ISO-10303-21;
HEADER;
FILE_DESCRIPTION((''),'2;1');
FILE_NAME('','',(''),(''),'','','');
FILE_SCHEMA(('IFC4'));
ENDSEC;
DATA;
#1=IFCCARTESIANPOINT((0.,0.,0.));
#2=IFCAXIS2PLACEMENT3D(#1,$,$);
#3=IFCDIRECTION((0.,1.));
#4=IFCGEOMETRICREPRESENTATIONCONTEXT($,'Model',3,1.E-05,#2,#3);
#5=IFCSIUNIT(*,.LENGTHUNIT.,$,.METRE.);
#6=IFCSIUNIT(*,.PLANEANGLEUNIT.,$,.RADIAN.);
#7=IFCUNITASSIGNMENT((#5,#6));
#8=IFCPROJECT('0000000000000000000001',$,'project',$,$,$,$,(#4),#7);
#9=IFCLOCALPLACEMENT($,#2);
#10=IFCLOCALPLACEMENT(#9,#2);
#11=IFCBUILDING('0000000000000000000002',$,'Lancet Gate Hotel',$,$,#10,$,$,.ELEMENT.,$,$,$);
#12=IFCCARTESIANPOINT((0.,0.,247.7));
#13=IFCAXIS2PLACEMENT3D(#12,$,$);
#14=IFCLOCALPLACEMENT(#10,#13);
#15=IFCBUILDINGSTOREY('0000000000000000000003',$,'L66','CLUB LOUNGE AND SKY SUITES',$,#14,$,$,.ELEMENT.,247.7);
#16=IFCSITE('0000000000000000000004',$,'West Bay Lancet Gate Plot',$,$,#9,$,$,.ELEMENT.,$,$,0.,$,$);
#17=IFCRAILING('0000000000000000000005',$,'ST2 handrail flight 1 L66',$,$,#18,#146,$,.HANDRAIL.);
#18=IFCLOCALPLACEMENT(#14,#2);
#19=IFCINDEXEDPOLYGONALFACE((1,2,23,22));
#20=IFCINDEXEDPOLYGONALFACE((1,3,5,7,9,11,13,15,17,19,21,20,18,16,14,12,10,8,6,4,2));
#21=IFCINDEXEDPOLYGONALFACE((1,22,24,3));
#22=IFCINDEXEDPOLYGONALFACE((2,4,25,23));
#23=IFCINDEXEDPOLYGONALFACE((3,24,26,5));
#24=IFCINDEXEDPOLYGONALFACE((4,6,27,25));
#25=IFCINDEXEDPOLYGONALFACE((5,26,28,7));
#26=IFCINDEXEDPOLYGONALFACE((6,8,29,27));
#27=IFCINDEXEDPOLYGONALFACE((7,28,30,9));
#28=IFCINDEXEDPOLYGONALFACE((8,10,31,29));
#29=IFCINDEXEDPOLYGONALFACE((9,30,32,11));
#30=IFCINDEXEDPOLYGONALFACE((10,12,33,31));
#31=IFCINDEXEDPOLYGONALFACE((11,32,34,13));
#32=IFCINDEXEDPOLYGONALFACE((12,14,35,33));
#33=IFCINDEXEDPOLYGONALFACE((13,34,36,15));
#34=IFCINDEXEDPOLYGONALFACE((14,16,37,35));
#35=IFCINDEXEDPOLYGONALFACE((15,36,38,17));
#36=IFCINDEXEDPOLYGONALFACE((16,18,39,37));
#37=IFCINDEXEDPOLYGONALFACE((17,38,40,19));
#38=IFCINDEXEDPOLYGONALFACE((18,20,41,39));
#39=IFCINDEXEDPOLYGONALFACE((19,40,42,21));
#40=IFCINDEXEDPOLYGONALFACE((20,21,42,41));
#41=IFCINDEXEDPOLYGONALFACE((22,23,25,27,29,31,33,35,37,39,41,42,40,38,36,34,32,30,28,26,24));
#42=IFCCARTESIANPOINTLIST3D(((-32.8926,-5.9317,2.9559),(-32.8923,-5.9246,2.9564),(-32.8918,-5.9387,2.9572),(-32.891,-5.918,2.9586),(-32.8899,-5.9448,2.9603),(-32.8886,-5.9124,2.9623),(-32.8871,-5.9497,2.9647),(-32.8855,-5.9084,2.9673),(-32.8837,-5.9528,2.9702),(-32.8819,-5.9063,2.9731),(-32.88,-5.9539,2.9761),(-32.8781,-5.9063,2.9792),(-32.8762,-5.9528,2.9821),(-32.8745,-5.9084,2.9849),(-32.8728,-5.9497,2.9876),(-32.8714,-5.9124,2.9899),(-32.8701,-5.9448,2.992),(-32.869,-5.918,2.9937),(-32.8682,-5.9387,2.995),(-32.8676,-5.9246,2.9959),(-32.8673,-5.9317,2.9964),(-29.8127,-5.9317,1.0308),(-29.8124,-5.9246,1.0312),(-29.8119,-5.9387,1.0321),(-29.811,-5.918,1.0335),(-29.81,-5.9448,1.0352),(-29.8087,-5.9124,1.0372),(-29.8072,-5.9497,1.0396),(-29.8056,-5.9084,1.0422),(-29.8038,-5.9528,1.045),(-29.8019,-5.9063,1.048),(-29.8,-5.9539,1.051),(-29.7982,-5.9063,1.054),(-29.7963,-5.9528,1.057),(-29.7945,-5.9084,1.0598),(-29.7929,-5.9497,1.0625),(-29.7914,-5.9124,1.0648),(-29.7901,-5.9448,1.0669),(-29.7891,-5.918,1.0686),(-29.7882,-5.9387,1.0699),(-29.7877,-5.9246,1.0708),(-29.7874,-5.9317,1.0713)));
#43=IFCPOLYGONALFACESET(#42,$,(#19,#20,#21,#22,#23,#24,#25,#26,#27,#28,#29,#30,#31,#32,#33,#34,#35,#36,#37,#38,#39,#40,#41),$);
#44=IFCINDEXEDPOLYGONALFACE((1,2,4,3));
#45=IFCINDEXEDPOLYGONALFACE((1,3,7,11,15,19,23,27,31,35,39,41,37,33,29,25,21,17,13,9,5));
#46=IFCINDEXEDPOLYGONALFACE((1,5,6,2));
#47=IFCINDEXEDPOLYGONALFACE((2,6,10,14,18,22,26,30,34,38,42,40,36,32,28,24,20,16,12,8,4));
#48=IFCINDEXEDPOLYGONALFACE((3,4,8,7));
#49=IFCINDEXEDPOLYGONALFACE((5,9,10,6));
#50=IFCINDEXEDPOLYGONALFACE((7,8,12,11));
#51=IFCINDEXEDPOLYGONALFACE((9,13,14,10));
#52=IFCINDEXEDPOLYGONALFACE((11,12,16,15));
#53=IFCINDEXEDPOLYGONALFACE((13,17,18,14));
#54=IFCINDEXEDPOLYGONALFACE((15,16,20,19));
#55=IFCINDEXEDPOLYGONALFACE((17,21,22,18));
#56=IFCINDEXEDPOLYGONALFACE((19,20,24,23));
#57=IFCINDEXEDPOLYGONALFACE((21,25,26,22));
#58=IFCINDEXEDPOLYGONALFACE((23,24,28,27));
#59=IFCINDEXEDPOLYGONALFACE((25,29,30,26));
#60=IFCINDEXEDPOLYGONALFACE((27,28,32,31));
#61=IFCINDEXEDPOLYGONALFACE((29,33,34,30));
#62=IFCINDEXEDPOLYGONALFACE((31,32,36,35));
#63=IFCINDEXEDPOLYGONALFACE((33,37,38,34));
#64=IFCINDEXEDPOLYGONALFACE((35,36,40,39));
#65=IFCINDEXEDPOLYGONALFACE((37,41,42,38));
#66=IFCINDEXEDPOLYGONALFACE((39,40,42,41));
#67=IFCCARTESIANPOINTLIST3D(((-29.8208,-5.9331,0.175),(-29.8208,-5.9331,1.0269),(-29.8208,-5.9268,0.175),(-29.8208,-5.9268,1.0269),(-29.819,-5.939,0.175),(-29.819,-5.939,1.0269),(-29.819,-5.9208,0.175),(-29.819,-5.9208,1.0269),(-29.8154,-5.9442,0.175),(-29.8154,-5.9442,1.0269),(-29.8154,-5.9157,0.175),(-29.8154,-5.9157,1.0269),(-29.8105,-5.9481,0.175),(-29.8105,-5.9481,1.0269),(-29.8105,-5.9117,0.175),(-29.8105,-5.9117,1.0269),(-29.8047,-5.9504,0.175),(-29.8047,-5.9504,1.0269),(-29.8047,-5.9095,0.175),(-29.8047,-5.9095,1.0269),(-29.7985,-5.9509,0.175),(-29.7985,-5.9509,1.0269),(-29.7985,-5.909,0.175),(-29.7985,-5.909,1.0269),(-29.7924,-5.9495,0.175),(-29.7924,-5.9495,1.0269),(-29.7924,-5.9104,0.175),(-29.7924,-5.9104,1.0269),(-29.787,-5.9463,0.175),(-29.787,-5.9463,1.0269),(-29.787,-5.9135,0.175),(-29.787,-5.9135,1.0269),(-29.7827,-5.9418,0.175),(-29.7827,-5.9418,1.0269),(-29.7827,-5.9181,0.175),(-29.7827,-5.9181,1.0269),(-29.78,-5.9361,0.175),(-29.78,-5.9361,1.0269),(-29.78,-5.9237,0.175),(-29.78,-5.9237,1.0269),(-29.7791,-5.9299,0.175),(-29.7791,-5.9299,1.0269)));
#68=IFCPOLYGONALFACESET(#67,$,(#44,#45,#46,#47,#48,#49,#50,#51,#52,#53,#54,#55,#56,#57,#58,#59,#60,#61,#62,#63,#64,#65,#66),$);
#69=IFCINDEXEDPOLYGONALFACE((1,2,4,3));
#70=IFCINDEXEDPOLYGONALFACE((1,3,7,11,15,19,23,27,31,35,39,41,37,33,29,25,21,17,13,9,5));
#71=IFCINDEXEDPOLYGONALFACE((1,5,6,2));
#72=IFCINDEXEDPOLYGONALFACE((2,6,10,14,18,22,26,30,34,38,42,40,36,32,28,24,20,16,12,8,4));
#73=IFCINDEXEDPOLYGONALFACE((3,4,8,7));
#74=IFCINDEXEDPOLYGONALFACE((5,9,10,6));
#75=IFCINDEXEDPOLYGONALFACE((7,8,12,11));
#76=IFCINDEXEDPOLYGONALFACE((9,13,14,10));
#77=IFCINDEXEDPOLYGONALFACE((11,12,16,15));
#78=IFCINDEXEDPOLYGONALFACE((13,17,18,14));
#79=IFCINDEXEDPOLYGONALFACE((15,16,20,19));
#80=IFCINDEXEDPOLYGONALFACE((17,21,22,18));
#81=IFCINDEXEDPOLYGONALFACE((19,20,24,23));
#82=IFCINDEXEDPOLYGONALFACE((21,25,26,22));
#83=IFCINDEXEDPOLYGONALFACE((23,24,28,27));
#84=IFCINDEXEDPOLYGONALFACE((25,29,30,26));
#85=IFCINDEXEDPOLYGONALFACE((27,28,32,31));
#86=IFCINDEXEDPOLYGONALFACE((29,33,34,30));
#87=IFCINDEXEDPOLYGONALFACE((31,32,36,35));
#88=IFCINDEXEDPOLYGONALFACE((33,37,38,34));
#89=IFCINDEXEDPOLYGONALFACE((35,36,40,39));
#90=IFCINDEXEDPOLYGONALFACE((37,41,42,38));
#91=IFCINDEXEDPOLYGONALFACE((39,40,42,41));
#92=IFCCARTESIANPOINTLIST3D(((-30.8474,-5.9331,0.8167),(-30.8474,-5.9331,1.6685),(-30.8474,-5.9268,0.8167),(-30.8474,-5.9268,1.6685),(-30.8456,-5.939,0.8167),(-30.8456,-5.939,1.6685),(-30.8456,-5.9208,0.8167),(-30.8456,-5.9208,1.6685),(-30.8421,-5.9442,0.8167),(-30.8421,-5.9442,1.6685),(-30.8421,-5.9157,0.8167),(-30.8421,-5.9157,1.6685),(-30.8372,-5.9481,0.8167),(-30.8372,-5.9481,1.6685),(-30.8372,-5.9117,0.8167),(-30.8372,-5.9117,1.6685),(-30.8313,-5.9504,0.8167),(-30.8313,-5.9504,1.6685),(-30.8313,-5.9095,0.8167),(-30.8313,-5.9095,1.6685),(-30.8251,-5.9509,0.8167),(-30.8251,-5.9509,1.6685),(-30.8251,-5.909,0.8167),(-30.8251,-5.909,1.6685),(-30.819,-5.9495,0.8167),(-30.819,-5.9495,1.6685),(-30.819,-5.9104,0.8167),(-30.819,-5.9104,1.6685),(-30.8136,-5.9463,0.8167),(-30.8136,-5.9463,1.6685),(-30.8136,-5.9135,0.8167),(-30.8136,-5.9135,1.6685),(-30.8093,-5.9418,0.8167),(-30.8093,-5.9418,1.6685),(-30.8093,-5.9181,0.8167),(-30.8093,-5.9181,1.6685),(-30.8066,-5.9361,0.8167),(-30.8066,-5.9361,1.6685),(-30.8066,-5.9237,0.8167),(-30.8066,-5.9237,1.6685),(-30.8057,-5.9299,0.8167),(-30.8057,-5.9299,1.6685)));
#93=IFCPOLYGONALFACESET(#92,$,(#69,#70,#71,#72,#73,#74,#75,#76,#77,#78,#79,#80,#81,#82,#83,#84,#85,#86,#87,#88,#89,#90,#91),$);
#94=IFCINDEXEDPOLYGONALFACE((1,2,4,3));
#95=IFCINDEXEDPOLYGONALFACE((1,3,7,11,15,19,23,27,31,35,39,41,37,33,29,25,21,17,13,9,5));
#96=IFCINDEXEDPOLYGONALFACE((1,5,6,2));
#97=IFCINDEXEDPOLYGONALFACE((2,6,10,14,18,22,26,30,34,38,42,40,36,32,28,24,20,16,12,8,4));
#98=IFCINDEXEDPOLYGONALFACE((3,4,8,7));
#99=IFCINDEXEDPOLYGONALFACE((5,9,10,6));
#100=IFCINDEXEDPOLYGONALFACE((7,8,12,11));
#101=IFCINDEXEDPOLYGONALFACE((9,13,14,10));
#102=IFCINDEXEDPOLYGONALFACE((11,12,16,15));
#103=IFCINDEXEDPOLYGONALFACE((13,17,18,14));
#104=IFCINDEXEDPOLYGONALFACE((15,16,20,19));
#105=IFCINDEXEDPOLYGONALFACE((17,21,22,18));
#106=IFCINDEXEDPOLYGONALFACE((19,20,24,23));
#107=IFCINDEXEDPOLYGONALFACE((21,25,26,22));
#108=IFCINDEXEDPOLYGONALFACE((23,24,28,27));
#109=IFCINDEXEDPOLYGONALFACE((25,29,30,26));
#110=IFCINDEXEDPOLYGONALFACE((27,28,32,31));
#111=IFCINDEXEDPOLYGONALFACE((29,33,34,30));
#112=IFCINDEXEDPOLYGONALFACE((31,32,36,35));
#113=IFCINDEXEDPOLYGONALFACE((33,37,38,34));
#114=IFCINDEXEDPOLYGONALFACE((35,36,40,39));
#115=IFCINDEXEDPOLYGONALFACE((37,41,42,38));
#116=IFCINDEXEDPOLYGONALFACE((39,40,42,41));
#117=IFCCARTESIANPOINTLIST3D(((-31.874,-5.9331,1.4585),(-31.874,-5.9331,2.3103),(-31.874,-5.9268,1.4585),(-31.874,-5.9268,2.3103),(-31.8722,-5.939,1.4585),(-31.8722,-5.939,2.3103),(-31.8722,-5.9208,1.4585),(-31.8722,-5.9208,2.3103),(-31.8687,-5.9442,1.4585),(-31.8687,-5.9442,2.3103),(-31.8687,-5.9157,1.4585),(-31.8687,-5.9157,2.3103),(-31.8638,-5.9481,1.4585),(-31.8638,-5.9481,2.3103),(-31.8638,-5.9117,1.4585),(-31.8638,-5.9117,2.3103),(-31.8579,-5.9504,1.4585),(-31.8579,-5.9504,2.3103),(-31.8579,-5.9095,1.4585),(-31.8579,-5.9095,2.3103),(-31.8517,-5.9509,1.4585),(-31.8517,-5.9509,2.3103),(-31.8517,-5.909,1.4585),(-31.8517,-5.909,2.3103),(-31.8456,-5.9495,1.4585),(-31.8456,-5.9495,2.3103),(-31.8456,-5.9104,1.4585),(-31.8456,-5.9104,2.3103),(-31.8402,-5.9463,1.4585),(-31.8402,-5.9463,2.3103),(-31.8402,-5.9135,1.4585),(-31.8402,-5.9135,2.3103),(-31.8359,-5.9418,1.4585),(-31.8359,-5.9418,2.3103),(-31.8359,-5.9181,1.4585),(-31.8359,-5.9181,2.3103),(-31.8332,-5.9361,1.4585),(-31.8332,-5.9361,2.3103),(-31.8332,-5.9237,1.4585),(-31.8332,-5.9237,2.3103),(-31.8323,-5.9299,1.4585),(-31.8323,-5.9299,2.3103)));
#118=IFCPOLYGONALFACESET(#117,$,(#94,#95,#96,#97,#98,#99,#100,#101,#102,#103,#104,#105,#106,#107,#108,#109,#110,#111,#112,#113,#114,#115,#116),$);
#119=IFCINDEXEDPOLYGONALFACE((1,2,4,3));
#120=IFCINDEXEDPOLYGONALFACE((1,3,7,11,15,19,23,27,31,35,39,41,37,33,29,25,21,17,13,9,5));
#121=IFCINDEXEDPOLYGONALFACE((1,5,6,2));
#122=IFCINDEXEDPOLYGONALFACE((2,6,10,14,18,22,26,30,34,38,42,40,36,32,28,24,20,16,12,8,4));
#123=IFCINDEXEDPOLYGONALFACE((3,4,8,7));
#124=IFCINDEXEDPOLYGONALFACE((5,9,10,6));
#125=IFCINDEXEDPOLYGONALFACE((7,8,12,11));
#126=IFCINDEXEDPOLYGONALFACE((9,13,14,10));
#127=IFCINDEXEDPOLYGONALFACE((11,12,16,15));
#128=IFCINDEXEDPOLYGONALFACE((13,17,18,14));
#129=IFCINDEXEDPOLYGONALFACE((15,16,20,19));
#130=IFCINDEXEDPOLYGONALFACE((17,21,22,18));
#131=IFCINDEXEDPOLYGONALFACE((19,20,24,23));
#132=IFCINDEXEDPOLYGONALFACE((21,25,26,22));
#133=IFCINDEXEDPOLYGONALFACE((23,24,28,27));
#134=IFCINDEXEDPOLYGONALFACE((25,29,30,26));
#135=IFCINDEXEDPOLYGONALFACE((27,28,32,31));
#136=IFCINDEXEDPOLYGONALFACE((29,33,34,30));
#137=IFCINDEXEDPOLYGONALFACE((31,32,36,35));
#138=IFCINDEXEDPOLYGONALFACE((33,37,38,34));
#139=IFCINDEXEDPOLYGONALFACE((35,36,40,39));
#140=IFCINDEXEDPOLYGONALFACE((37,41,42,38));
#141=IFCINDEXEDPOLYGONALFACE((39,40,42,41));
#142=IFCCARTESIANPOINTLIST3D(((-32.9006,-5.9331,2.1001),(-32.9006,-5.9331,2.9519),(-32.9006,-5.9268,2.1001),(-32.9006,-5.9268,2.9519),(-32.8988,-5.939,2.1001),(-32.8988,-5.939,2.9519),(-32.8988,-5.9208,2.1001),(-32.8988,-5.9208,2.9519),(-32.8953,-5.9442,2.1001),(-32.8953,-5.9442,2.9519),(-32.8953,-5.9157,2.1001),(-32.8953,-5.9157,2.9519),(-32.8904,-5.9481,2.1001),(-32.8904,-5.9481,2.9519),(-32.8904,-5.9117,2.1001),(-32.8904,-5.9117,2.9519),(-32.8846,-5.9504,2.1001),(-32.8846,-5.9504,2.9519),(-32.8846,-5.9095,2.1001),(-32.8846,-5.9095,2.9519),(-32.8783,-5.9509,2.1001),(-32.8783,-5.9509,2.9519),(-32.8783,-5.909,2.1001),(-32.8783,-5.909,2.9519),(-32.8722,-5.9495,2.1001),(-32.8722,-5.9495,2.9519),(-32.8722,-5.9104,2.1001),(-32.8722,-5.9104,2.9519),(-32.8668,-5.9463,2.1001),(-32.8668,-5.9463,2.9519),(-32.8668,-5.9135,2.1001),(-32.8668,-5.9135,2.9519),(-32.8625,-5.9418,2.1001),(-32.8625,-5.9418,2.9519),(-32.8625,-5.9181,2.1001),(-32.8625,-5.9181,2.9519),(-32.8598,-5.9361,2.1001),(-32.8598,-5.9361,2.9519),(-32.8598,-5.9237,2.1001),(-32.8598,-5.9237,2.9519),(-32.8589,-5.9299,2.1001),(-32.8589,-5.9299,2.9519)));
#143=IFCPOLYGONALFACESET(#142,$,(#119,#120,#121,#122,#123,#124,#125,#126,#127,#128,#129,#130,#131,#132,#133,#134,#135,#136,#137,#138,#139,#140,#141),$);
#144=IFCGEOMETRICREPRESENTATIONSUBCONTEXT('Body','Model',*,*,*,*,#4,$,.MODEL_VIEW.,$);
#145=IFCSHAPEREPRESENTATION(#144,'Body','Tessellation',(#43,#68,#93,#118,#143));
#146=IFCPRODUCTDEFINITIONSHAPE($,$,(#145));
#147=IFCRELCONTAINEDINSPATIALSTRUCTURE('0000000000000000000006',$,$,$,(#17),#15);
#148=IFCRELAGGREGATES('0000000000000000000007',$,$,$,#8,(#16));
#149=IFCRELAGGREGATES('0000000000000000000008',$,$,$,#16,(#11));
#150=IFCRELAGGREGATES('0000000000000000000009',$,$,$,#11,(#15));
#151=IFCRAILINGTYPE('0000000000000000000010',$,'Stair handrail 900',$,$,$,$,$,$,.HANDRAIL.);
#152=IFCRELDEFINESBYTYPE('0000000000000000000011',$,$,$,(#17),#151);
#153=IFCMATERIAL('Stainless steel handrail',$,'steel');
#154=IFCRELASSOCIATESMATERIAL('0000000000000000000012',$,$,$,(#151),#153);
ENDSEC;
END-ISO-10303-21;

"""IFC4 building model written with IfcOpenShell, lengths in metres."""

from ifc_helpers import new_model, si_unit, direction, frame, origin, origin_2d, place, context, subcontext, project, spatial, circle, extrude, material, type_object, element, save


model = new_model("IFC4")

# Units and contexts
model_context = context("Model", 3, precision=1e-05, world=origin(), true_north=direction((0.0, 1.0)))
body_context = subcontext(model_context, "Body", "Model", "MODEL_VIEW")
ifc_project = project(units=[si_unit("LENGTHUNIT", "METRE"), si_unit("PLANEANGLEUNIT", "RADIAN")], contexts=[model_context])

# Site, building, storey
site_placement = place(None, origin())
site = spatial("IfcSite", under=ifc_project, at=site_placement, Name="West Bay Lancet Gate Plot", CompositionType="ELEMENT", RefElevation=0.0)
building_placement = place(site_placement, origin())
building = spatial("IfcBuilding", under=site, at=building_placement, Name="Lancet Gate Hotel", CompositionType="ELEMENT")
storey_placement = place(building_placement, frame((0.0, 0.0, 247.7)))
storey = spatial("IfcBuildingStorey", under=building, at=storey_placement, Name="L66", Description="CLUB LOUNGE AND SKY SUITES", CompositionType="ELEMENT", Elevation=247.7)

# Railing
ifc_material_1 = material(Name="Stainless steel handrail", Category="steel")
railing_type = type_object("IfcRailingType", Name="Stair handrail 900", PredefinedType="HANDRAIL", material=ifc_material_1)
railing_1_placement = place(storey_placement, frame((-29.8, -5.9299, 0.175)))
element("IfcRailing", 1, at=railing_1_placement, inside=storey, type_object=railing_type, Name="ST2 handrail flight 1 L66", PredefinedType="HANDRAIL", context=body_context, shape_type="SweptSolid", body=[
    extrude(circle(Radius=0.0239, at=origin_2d()), frame((0.0, 0.0, 0.876), z_axis=(-0.847979, 0.0, 0.530029), x_axis=(0.0, -1.0, 0.0)), (0.0, 0.0, 1.0), 3.6321),
    extrude(circle(Radius=0.021, at=origin_2d()), origin(), (0.0, 0.0, 1.0), 0.8518),
    extrude(circle(Radius=0.021, at=origin_2d()), frame((-1.0266, 0.0, 0.6416)), (0.0, 0.0, 1.0), 0.8518),
    extrude(circle(Radius=0.021, at=origin_2d()), frame((-2.0532, 0.0, 1.2834)), (0.0, 0.0, 1.0), 0.8518),
    extrude(circle(Radius=0.021, at=origin_2d()), frame((-3.0798, 0.0, 1.925)), (0.0, 0.0, 1.0), 0.8518),
])

save(model, "model.ifc")
